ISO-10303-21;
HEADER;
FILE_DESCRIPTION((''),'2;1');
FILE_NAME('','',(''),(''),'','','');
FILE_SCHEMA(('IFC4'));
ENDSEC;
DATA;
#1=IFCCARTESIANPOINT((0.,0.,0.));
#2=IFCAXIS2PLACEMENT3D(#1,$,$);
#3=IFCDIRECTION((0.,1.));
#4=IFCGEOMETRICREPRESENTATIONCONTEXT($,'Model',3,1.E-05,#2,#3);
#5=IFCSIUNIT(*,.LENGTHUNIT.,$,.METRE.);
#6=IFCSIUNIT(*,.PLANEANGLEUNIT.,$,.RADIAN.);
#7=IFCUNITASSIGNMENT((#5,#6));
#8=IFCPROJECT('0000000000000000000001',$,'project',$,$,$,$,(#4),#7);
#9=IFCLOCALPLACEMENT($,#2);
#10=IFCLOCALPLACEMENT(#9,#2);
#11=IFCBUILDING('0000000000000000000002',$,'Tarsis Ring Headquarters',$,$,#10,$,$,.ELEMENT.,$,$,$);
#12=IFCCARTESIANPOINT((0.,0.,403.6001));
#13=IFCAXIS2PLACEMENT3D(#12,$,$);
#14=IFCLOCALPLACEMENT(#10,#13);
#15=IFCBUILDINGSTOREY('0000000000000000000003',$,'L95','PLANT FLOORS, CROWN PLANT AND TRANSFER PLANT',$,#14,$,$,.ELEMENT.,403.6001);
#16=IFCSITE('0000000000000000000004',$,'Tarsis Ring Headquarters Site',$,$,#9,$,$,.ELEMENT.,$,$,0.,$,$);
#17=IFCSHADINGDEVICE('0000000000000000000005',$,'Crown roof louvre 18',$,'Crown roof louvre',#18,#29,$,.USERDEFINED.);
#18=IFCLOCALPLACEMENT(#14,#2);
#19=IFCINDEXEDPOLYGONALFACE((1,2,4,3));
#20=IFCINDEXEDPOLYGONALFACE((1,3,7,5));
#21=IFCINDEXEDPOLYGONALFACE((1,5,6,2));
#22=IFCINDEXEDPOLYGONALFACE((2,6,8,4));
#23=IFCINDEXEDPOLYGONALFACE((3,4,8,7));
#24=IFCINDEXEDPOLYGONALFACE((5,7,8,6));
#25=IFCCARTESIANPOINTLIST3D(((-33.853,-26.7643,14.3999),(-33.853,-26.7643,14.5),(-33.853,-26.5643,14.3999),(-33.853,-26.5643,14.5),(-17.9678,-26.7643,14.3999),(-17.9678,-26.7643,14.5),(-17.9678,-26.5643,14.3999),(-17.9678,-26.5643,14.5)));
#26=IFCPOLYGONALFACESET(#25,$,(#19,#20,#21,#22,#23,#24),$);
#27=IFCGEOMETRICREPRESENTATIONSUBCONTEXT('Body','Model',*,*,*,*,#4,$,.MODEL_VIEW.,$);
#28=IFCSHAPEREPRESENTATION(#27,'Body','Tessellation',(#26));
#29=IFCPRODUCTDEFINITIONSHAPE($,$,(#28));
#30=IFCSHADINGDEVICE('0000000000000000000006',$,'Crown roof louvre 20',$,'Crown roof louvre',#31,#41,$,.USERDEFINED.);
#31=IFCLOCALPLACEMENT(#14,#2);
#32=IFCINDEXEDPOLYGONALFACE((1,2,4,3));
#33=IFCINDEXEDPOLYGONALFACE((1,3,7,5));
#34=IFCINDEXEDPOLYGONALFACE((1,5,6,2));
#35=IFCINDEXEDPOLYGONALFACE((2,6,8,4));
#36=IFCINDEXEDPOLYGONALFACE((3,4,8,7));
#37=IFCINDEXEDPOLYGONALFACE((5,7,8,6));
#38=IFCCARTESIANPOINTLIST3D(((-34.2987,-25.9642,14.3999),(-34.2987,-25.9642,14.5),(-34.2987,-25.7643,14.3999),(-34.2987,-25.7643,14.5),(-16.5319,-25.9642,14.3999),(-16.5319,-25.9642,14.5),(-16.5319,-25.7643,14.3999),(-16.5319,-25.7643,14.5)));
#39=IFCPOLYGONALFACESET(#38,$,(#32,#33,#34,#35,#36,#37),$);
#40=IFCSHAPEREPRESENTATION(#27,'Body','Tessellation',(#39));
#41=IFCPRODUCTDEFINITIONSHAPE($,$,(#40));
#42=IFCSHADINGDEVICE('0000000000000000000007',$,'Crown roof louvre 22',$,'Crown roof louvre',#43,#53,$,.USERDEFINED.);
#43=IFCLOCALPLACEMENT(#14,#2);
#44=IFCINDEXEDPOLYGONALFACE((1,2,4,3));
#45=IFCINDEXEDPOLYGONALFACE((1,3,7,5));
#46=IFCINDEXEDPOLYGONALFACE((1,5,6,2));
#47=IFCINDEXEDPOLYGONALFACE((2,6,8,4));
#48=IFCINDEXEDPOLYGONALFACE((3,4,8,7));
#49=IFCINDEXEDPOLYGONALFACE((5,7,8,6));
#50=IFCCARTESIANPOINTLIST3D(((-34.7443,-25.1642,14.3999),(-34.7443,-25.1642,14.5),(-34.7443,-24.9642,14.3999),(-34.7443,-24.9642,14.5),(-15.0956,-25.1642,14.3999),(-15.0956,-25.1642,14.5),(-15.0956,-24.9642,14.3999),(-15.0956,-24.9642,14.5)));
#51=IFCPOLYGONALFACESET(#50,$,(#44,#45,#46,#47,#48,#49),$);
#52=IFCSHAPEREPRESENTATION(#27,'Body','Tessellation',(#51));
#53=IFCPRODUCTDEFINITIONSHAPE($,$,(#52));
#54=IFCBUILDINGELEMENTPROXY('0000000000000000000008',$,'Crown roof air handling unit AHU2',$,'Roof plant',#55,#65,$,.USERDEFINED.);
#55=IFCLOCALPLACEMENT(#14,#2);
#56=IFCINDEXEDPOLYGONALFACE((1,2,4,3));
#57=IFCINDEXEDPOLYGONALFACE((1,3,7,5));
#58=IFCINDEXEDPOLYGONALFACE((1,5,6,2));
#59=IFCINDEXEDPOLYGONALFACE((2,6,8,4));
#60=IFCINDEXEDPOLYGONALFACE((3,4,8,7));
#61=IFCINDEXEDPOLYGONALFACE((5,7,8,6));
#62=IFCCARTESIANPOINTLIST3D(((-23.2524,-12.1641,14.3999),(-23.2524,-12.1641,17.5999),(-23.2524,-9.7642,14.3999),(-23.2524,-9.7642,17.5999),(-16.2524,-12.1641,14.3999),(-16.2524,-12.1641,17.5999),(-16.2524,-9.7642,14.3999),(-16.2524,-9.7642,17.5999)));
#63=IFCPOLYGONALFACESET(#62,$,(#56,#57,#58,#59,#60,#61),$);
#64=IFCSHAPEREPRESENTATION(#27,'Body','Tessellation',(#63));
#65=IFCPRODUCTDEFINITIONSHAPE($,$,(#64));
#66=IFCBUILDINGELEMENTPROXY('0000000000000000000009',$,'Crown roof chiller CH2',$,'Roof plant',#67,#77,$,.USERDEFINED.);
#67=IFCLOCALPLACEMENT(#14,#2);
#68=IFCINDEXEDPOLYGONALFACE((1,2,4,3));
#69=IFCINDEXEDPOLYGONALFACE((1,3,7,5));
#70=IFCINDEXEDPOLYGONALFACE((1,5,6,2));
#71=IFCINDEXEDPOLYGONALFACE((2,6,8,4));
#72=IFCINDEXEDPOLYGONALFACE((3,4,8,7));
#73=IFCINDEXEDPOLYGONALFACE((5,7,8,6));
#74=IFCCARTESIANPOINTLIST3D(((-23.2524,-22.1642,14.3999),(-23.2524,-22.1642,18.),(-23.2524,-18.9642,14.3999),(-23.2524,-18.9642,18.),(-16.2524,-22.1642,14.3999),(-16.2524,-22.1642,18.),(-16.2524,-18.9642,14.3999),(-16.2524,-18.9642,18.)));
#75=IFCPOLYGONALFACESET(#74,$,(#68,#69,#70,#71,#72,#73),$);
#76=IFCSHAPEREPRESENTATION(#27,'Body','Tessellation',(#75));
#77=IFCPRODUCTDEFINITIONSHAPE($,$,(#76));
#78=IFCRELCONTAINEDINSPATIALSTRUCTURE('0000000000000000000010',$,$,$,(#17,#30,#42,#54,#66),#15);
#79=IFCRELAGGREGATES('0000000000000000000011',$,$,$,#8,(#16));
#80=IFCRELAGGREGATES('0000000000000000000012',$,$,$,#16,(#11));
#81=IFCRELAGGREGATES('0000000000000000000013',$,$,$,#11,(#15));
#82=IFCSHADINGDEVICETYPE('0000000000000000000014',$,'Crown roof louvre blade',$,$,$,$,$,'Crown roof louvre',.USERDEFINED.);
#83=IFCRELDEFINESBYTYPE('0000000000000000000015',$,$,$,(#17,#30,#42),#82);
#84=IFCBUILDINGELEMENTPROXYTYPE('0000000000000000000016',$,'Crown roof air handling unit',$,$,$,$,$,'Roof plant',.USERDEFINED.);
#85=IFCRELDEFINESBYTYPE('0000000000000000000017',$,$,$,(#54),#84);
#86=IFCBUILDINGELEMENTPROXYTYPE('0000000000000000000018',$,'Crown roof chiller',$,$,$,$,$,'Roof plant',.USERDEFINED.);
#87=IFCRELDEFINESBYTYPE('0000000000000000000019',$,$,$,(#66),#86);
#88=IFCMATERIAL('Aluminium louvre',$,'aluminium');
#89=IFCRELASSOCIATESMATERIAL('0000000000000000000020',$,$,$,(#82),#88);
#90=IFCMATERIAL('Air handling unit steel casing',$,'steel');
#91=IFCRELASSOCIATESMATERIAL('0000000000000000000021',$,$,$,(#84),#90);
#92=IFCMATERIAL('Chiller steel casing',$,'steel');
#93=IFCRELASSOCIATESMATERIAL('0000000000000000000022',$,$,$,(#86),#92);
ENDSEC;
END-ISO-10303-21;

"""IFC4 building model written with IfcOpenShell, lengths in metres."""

from ifc_helpers import new_model, si_unit, direction, frame, origin, origin_2d, place, context, subcontext, project, spatial, rectangle, extrude, material, type_object, element, save


model = new_model("IFC4")

# Units and contexts
model_context = context("Model", 3, precision=1e-05, world=origin(), true_north=direction((0.0, 1.0)))
body_context = subcontext(model_context, "Body", "Model", "MODEL_VIEW")
ifc_project = project(units=[si_unit("LENGTHUNIT", "METRE"), si_unit("PLANEANGLEUNIT", "RADIAN")], contexts=[model_context])

# Site, building, storey
site_placement = place(None, origin())
site = spatial("IfcSite", under=ifc_project, at=site_placement, Name="Tarsis Ring Headquarters Site", CompositionType="ELEMENT", RefElevation=0.0)
building_placement = place(site_placement, origin())
building = spatial("IfcBuilding", under=site, at=building_placement, Name="Tarsis Ring Headquarters", CompositionType="ELEMENT")
storey_placement = place(building_placement, frame((0.0, 0.0, 403.6001)))
storey = spatial("IfcBuildingStorey", under=building, at=storey_placement, Name="L95", Description="PLANT FLOORS, CROWN PLANT AND TRANSFER PLANT", CompositionType="ELEMENT", Elevation=403.6001)

# Shading devices
ifc_material_1 = material(Name="Aluminium louvre", Category="aluminium")
shading_device_type = type_object("IfcShadingDeviceType", Name="Crown roof louvre blade", ElementType="Crown roof louvre", PredefinedType="USERDEFINED", material=ifc_material_1)
shading_device_1_placement = place(storey_placement, frame((-25.9104, -26.6643, 14.3999), z_axis=(0.0, 0.0, 1.0), x_axis=(1.0, 0.0, 0.0)))
element("IfcShadingDevice", 1, at=shading_device_1_placement, inside=storey, type_object=shading_device_type, Name="Crown roof louvre 18", ObjectType="Crown roof louvre", PredefinedType="USERDEFINED", context=body_context, shape_type="SweptSolid", body=[
    extrude(rectangle(XDim=15.8853, YDim=0.2, at=origin_2d()), origin(), (0.0, 0.0, 1.0), 0.1001),
])
shading_device_2_placement = place(storey_placement, frame((-25.4153, -25.8643, 14.3999), z_axis=(0.0, 0.0, 1.0), x_axis=(1.0, 0.0, 0.0)))
element("IfcShadingDevice", 2, at=shading_device_2_placement, inside=storey, type_object=shading_device_type, Name="Crown roof louvre 20", ObjectType="Crown roof louvre", PredefinedType="USERDEFINED", context=body_context, shape_type="SweptSolid", body=[
    extrude(rectangle(XDim=17.7668, YDim=0.2, at=origin_2d()), origin(), (0.0, 0.0, 1.0), 0.1001),
])
shading_device_3_placement = place(storey_placement, frame((-24.9199, -25.0642, 14.3999), z_axis=(0.0, 0.0, 1.0), x_axis=(1.0, 0.0, 0.0)))
element("IfcShadingDevice", 3, at=shading_device_3_placement, inside=storey, type_object=shading_device_type, Name="Crown roof louvre 22", ObjectType="Crown roof louvre", PredefinedType="USERDEFINED", context=body_context, shape_type="SweptSolid", body=[
    extrude(rectangle(XDim=19.6487, YDim=0.2, at=origin_2d()), origin(), (0.0, 0.0, 1.0), 0.1001),
])

# Building element proxies
ifc_material_2 = material(Name="Air handling unit steel casing", Category="steel")
building_element_proxy_type_1 = type_object("IfcBuildingElementProxyType", Name="Crown roof air handling unit", ElementType="Roof plant", PredefinedType="USERDEFINED", material=ifc_material_2)
proxy_1_placement = place(storey_placement, frame((-19.7524, -10.9641, 14.3999), z_axis=(0.0, 0.0, 1.0), x_axis=(1.0, 0.0, 0.0)))
element("IfcBuildingElementProxy", 4, at=proxy_1_placement, inside=storey, type_object=building_element_proxy_type_1, Name="Crown roof air handling unit AHU2", ObjectType="Roof plant", PredefinedType="USERDEFINED", context=body_context, shape_type="SweptSolid", body=[
    extrude(rectangle(XDim=7.0, YDim=2.3999, at=origin_2d()), origin(), (0.0, 0.0, 1.0), 3.2),
])
ifc_material_3 = material(Name="Chiller steel casing", Category="steel")
building_element_proxy_type_2 = type_object("IfcBuildingElementProxyType", Name="Crown roof chiller", ElementType="Roof plant", PredefinedType="USERDEFINED", material=ifc_material_3)
proxy_2_placement = place(storey_placement, frame((-19.7524, -20.5642, 14.3999), z_axis=(0.0, 0.0, 1.0), x_axis=(1.0, 0.0, 0.0)))
element("IfcBuildingElementProxy", 5, at=proxy_2_placement, inside=storey, type_object=building_element_proxy_type_2, Name="Crown roof chiller CH2", ObjectType="Roof plant", PredefinedType="USERDEFINED", context=body_context, shape_type="SweptSolid", body=[
    extrude(rectangle(XDim=7.0, YDim=3.2, at=origin_2d()), origin(), (0.0, 0.0, 1.0), 3.6001),
])

save(model, "model.ifc")
